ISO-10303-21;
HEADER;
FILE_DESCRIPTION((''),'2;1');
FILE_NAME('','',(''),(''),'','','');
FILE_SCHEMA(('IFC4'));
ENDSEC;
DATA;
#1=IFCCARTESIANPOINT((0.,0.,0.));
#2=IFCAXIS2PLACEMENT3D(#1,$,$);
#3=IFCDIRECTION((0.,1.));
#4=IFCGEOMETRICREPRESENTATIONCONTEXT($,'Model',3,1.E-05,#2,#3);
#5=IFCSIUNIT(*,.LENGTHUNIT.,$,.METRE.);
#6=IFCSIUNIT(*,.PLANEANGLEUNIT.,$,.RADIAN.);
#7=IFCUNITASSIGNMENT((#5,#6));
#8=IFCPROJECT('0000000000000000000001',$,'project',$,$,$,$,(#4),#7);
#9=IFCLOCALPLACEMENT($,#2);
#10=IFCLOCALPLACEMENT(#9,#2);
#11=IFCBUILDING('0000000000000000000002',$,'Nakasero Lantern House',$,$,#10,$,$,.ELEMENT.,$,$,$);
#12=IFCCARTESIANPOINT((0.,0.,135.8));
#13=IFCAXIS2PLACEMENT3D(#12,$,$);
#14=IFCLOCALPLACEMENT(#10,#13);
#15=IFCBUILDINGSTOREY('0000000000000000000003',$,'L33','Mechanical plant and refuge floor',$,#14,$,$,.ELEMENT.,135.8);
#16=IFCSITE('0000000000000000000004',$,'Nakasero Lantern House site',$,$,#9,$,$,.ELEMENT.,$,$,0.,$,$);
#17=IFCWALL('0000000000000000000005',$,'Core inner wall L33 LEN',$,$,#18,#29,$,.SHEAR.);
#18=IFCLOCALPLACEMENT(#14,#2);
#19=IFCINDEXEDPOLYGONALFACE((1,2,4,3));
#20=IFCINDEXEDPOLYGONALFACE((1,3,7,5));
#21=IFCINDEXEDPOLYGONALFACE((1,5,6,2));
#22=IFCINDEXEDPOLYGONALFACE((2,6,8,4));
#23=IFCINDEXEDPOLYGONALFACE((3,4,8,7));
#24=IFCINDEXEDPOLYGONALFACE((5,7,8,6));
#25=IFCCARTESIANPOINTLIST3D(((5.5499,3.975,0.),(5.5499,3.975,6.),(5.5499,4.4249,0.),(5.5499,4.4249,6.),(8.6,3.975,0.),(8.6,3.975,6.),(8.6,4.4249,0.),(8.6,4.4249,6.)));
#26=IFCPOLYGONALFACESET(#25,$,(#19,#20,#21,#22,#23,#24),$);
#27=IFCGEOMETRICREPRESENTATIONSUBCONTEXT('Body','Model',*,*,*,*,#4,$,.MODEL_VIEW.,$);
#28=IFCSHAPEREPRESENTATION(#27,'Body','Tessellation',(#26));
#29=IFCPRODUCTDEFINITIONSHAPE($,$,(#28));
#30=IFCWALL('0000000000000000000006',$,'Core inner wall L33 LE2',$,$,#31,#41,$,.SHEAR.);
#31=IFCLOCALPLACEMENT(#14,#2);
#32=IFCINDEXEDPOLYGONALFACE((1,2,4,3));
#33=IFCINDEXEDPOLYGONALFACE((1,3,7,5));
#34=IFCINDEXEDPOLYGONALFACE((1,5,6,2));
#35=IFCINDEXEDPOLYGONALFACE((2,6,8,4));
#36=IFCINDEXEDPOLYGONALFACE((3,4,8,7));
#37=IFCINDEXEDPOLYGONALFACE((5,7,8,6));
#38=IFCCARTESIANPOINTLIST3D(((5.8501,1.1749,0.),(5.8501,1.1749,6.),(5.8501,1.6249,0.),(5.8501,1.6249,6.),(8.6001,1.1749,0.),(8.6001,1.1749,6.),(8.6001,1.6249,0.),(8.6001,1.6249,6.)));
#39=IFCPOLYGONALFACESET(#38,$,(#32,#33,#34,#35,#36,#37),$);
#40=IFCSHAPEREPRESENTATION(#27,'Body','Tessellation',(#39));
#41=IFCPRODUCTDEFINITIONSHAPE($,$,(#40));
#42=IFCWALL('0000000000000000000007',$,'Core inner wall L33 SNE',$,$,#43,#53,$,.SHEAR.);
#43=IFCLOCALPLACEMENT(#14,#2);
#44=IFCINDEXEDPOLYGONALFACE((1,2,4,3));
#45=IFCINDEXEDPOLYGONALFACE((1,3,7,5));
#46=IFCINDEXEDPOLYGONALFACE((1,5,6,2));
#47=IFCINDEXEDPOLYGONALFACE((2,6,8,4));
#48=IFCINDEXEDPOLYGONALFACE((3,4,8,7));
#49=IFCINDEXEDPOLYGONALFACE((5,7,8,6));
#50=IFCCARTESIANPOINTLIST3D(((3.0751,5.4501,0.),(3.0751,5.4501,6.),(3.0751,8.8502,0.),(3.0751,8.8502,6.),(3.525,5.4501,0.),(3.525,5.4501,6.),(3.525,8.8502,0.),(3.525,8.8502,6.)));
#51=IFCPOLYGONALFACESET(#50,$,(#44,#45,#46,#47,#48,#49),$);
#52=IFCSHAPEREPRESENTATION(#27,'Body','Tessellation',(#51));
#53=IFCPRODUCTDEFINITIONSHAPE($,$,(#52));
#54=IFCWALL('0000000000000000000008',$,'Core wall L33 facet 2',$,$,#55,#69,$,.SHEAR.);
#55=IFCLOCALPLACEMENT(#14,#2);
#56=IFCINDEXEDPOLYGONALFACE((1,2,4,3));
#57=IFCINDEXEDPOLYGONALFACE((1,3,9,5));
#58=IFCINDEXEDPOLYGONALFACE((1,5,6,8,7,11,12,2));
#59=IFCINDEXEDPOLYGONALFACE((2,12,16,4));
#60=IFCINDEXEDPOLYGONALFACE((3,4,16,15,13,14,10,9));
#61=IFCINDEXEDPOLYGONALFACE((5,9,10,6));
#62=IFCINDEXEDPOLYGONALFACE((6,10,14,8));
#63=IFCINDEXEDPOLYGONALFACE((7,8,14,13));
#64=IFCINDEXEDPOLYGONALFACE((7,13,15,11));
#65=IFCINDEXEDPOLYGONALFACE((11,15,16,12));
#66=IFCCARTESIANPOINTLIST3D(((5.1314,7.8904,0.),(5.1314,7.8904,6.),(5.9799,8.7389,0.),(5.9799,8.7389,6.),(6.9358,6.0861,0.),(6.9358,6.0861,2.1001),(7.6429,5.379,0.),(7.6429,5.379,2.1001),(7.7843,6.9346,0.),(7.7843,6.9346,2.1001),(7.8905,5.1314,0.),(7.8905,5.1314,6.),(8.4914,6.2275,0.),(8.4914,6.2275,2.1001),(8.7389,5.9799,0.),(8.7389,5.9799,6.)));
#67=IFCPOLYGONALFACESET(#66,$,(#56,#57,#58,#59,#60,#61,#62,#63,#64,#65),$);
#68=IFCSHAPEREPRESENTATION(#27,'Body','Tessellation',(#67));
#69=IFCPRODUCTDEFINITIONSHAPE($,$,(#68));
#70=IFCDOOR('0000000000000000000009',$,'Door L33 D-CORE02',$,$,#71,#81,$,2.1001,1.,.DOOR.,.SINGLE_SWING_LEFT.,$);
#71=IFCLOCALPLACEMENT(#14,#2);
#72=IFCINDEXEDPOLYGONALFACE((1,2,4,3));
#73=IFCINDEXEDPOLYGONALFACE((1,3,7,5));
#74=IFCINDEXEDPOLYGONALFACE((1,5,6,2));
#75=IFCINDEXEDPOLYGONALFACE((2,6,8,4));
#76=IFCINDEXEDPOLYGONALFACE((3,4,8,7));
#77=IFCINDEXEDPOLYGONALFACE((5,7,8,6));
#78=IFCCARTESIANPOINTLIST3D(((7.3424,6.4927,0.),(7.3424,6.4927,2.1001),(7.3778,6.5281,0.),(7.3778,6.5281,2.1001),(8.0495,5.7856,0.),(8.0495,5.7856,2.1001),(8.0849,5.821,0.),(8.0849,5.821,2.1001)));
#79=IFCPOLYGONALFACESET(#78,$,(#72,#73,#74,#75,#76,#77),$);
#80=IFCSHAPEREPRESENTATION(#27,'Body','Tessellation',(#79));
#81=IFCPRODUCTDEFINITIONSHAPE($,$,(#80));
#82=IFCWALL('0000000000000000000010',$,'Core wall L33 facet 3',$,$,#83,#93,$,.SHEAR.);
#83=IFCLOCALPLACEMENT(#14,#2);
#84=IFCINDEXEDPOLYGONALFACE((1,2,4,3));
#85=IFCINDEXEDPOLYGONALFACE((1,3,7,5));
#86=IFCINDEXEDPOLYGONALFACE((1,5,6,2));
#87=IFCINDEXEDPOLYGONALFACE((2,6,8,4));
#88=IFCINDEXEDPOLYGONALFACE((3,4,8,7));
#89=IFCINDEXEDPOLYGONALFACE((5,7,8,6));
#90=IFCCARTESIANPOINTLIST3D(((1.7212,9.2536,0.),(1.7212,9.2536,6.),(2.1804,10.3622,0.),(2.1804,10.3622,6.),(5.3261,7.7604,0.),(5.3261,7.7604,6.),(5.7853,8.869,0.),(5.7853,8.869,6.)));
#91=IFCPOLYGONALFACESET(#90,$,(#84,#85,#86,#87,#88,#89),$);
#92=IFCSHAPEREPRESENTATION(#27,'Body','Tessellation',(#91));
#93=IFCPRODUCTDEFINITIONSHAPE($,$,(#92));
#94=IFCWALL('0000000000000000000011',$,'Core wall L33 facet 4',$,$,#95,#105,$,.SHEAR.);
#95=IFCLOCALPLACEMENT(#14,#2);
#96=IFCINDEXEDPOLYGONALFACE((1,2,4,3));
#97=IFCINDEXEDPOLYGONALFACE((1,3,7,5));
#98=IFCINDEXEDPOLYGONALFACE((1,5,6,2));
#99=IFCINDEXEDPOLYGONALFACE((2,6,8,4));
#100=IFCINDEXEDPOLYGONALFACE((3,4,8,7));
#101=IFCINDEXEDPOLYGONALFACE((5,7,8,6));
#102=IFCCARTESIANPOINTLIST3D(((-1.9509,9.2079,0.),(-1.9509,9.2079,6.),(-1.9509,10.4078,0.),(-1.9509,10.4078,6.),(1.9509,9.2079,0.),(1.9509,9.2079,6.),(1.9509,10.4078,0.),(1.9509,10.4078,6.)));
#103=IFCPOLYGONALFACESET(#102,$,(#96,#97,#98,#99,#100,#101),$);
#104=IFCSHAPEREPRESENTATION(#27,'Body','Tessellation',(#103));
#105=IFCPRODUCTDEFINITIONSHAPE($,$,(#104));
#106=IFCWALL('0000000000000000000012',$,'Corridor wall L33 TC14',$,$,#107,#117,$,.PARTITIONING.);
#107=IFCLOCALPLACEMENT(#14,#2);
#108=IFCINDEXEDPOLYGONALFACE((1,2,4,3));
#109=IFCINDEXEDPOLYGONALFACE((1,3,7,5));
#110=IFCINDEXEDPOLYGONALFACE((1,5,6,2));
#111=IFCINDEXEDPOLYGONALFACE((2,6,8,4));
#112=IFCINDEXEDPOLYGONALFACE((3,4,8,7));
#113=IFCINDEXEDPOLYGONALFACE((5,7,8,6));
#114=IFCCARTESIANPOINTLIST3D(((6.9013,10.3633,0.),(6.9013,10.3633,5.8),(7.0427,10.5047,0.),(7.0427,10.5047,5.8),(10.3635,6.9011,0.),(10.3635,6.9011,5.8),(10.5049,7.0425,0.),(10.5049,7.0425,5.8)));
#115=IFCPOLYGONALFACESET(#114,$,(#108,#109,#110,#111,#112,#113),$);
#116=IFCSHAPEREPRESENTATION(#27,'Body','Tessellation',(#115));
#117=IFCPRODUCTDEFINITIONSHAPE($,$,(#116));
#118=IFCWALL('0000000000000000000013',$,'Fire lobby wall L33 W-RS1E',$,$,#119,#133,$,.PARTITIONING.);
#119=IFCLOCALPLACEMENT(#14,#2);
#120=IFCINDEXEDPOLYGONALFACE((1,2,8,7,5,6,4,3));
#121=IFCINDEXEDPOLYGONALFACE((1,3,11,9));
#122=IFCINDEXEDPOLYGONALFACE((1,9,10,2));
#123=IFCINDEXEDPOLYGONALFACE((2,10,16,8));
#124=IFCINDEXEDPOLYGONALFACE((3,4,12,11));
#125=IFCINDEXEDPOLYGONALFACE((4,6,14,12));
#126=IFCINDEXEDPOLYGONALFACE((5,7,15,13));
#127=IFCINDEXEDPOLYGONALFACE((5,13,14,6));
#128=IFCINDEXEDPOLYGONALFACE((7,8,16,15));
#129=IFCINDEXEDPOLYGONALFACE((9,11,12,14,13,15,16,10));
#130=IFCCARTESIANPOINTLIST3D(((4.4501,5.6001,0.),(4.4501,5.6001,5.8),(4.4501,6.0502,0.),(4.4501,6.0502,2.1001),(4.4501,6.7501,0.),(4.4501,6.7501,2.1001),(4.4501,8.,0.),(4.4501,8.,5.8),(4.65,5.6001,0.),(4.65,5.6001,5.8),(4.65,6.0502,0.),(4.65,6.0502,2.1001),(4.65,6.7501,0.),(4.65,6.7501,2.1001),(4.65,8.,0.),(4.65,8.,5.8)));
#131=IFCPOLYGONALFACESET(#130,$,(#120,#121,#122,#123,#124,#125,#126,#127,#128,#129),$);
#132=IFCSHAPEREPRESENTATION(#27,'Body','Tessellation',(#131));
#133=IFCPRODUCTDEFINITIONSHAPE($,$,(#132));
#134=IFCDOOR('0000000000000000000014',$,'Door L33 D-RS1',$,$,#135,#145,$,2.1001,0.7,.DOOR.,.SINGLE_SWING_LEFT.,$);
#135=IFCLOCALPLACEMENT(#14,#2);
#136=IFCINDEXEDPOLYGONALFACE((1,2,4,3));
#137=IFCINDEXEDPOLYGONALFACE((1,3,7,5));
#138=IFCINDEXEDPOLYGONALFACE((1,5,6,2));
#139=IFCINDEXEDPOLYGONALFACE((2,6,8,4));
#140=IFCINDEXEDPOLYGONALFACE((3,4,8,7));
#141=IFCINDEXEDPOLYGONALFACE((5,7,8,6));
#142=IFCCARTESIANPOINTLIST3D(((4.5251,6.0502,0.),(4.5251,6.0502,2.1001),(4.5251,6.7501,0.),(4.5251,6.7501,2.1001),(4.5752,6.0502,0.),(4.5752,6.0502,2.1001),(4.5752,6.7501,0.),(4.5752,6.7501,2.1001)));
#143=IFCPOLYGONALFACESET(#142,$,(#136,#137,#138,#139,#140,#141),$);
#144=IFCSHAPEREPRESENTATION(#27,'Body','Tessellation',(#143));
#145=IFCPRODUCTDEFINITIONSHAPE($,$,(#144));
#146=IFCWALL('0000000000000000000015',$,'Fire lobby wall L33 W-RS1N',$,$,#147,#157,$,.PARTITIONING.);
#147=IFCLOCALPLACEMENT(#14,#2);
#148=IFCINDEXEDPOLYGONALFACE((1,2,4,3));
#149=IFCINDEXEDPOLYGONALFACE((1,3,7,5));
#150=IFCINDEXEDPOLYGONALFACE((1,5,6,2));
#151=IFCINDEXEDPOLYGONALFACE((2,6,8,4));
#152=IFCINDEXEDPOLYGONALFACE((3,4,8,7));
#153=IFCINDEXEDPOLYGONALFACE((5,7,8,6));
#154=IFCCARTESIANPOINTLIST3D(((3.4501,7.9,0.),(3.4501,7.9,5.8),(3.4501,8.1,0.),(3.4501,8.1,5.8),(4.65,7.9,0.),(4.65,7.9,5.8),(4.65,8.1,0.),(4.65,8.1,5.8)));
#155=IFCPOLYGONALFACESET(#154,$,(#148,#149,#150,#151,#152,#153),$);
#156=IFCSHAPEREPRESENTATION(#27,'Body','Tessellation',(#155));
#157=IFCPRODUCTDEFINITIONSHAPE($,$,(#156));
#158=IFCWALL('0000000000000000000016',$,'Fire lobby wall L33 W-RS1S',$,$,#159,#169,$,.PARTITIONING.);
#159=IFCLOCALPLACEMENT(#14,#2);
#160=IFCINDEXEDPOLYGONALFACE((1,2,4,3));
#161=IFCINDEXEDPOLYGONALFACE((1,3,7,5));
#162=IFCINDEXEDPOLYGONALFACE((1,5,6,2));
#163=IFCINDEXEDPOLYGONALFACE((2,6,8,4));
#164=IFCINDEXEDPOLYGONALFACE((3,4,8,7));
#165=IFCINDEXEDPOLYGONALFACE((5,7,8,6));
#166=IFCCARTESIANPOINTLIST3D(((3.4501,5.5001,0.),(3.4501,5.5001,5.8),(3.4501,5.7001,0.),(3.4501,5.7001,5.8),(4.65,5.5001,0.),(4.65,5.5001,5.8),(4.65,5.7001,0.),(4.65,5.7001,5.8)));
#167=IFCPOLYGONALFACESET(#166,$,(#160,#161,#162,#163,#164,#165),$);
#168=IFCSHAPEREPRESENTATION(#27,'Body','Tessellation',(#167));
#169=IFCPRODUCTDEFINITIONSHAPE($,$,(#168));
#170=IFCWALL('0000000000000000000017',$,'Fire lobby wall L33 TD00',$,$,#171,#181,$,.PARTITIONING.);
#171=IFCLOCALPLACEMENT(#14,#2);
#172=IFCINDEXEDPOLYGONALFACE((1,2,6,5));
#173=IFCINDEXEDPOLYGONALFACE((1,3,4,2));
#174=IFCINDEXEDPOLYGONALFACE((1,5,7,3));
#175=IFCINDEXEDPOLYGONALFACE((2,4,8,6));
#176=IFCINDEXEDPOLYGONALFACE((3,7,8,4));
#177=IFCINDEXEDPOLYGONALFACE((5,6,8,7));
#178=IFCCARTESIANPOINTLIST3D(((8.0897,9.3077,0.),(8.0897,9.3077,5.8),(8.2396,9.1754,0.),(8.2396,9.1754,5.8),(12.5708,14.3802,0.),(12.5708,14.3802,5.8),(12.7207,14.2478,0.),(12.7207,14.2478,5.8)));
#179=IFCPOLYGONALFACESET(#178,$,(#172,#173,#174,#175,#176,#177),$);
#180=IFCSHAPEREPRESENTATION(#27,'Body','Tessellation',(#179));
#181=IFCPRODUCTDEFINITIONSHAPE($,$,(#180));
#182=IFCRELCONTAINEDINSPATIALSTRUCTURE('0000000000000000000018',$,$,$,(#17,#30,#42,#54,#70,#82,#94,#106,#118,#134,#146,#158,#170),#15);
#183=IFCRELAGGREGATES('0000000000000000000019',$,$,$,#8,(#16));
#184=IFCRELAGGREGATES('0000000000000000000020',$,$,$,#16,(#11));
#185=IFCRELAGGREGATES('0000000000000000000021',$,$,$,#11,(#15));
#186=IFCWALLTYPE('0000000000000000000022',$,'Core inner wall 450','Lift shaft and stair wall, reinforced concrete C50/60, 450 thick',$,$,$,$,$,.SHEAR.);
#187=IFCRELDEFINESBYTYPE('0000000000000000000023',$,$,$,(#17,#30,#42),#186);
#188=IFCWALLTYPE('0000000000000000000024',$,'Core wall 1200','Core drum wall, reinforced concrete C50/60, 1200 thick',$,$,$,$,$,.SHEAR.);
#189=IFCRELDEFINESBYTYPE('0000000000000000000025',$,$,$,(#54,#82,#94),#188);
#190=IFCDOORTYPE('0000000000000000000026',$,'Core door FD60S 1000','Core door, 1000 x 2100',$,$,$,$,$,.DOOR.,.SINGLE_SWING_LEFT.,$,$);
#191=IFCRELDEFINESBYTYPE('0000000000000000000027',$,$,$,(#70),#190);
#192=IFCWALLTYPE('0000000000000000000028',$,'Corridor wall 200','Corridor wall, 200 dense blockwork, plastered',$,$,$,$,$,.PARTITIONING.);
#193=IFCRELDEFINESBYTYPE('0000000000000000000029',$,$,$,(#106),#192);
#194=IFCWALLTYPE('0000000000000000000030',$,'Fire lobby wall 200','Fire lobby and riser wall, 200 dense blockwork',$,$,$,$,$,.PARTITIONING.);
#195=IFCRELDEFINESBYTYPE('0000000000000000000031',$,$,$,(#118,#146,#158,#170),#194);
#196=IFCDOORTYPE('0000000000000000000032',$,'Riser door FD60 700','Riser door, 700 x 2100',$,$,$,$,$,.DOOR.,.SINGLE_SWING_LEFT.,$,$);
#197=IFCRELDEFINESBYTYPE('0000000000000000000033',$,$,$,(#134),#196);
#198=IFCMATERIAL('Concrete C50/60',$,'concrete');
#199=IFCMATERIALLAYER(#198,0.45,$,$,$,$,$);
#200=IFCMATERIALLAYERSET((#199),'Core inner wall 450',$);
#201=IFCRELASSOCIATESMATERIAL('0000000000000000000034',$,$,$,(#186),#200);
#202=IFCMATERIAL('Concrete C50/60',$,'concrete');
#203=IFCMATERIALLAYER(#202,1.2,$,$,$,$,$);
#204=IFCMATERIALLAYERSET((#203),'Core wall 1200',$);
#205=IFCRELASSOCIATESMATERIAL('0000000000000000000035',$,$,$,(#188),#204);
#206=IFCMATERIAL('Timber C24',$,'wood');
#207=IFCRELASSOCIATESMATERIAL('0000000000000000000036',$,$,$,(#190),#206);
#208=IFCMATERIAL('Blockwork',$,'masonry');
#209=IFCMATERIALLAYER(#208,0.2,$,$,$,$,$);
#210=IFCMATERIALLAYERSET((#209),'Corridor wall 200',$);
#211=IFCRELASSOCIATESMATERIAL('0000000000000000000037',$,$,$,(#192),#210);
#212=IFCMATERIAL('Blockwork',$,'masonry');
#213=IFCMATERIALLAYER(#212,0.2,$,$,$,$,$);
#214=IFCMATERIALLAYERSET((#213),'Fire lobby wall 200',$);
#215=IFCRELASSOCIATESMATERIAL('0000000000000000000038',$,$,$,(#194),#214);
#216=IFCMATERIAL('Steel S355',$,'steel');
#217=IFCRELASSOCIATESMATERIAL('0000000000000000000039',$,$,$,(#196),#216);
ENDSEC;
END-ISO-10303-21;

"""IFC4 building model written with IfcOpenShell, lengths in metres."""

from ifc_helpers import new_model, si_unit, direction, frame, frame_2d, origin, place, context, subcontext, project, spatial, rectangle, extrude, material, layer, layer_set, type_object, element, fill, save


model = new_model("IFC4")

# Units and contexts
model_context = context("Model", 3, precision=1e-05, world=origin(), true_north=direction((0.0, 1.0)))
body_context = subcontext(model_context, "Body", "Model", "MODEL_VIEW")
ifc_project = project(units=[si_unit("LENGTHUNIT", "METRE"), si_unit("PLANEANGLEUNIT", "RADIAN")], contexts=[model_context])

# Site, building, storey
site_placement = place(None, origin())
site = spatial("IfcSite", under=ifc_project, at=site_placement, Name="Nakasero Lantern House site", CompositionType="ELEMENT", RefElevation=0.0)
building_placement = place(site_placement, origin())
building = spatial("IfcBuilding", under=site, at=building_placement, Name="Nakasero Lantern House", CompositionType="ELEMENT")
storey_placement = place(building_placement, frame((0.0, 0.0, 135.8)))
storey = spatial("IfcBuildingStorey", under=building, at=storey_placement, Name="L33", Description="Mechanical plant and refuge floor", CompositionType="ELEMENT", Elevation=135.8)

# Walls
ifc_material_1 = material(Name="Concrete C50/60", Category="concrete")
ifc_layer_1 = layer(ifc_material_1, 0.45)
ifc_layer_set_1 = layer_set([ifc_layer_1], Name="Core inner wall 450")
wall_type_1 = type_object("IfcWallType", Name="Core inner wall 450", Description="Lift shaft and stair wall, reinforced concrete C50/60, 450 thick", PredefinedType="SHEAR", material=ifc_layer_set_1)
wall_1_placement = place(storey_placement, frame((5.55, 4.2, 0.0), z_axis=(0.0, 0.0, 1.0), x_axis=(1.0, 0.0, 0.0)))
element("IfcWall", 1, at=wall_1_placement, inside=storey, type_object=wall_type_1, Name="Core inner wall L33 LEN", PredefinedType="SHEAR", context=body_context, shape_type="SweptSolid", body=[
    extrude(rectangle(XDim=3.05, YDim=0.45, at=frame_2d((1.5249, 0.0))), origin(), (0.0, 0.0, 1.0), 6.0),
])
wall_2_placement = place(storey_placement, frame((5.8501, 1.3999, 0.0), z_axis=(0.0, 0.0, 1.0), x_axis=(1.0, 0.0, 0.0)))
element("IfcWall", 2, at=wall_2_placement, inside=storey, type_object=wall_type_1, Name="Core inner wall L33 LE2", PredefinedType="SHEAR", context=body_context, shape_type="SweptSolid", body=[
    extrude(rectangle(XDim=2.75, YDim=0.45, at=frame_2d((1.375, 0.0))), origin(), (0.0, 0.0, 1.0), 6.0),
])
wall_3_placement = place(storey_placement, frame((3.3, 5.45, 0.0), z_axis=(0.0, 0.0, 1.0), x_axis=(0.0, 1.0, 0.0)))
element("IfcWall", 3, at=wall_3_placement, inside=storey, type_object=wall_type_1, Name="Core inner wall L33 SNE", PredefinedType="SHEAR", context=body_context, shape_type="SweptSolid", body=[
    extrude(rectangle(XDim=3.4001, YDim=0.45, at=frame_2d((1.7002, 0.0))), origin(), (0.0, 0.0, 1.0), 6.0),
])

# Wall, opening, door
ifc_material_2 = material(Name="Concrete C50/60", Category="concrete")
ifc_layer_2 = layer(ifc_material_2, 1.2)
ifc_layer_set_2 = layer_set([ifc_layer_2], Name="Core wall 1200")
wall_type_2 = type_object("IfcWallType", Name="Core wall 1200", Description="Core drum wall, reinforced concrete C50/60, 1200 thick", PredefinedType="SHEAR", material=ifc_layer_set_2)
wall_4_placement = place(storey_placement, frame((8.3147, 5.5557, 0.0), z_axis=(0.0, 0.0, 1.0), x_axis=(-0.707107, 0.707107, 0.0)))
wall_4 = element("IfcWall", 4, at=wall_4_placement, inside=storey, type_object=wall_type_2, Name="Core wall L33 facet 2", PredefinedType="SHEAR", context=body_context, shape_type="SweptSolid", body=[
    extrude(rectangle(XDim=3.9019, YDim=1.2, at=frame_2d((1.9509, 0.0))), origin(), (0.0, 0.0, 1.0), 6.0),
])
opening_1_placement = place(wall_4_placement, frame((0.3501, 0.0, 0.0)))
opening_1 = element("IfcOpeningElement", 5, at=opening_1_placement, cuts=wall_4, PredefinedType="OPENING", context=body_context, shape_type="SweptSolid", body=[
    extrude(rectangle(XDim=1.0, YDim=2.1001, at=frame_2d((0.5, 1.05))), frame((0.0, 0.6199, 0.0), z_axis=(0.0, -1.0, 0.0), x_axis=(1.0, 0.0, 0.0)), (0.0, 0.0, 1.0), 1.24),
])
ifc_material_3 = material(Name="Timber C24", Category="wood")
door_type_1 = type_object("IfcDoorType", Name="Core door FD60S 1000", Description="Core door, 1000 x 2100", OperationType="SINGLE_SWING_LEFT", PredefinedType="DOOR", material=ifc_material_3)
door_1_placement = place(opening_1_placement, origin())
door_1 = element("IfcDoor", 6, at=door_1_placement, inside=storey, type_object=door_type_1, Name="Door L33 D-CORE02", OperationType="SINGLE_SWING_LEFT", OverallHeight=2.1001, OverallWidth=1.0, PredefinedType="DOOR", context=body_context, shape_type="SweptSolid", body=[
    extrude(rectangle(XDim=1.0, YDim=2.1001, at=frame_2d((0.5, 1.05))), frame((0.0, 0.0249, 0.0), z_axis=(0.0, -1.0, 0.0), x_axis=(1.0, 0.0, 0.0)), (0.0, 0.0, 1.0), 0.05),
])
fill(opening_1, door_1)

# Walls
for number, where, z_axis, x_axis, name in (
    (7, (5.5557, 8.3147, 0.0), (0.0, 0.0, 1.0), (-0.923877, 0.382691, 0.0), "Core wall L33 facet 3"),
    (8, (1.9509, 9.8079, 0.0), (0.0, 0.0, 1.0), (-1.0, 0.0, 0.0), "Core wall L33 facet 4"),
):
    element("IfcWall", number, at=place(storey_placement, frame(where, z_axis=z_axis, x_axis=x_axis)), inside=storey, type_object=wall_type_2, Name=name, PredefinedType="SHEAR", context=body_context, shape_type="SweptSolid", body=[
        extrude(rectangle(XDim=3.9019, YDim=1.2, at=frame_2d((1.9509, 0.0))), origin(), (0.0, 0.0, 1.0), 6.0),
    ])
ifc_material_4 = material(Name="Blockwork", Category="masonry")
ifc_layer_3 = layer(ifc_material_4, 0.2)
ifc_layer_set_3 = layer_set([ifc_layer_3], Name="Corridor wall 200")
wall_type_3 = type_object("IfcWallType", Name="Corridor wall 200", Description="Corridor wall, 200 dense blockwork, plastered", PredefinedType="PARTITIONING", material=ifc_layer_set_3)
wall_5_placement = place(storey_placement, frame((6.9719, 10.4341, 0.0), z_axis=(0.0, 0.0, 1.0), x_axis=(0.707107, -0.707107, 0.0)))
element("IfcWall", 9, at=wall_5_placement, inside=storey, type_object=wall_type_3, Name="Corridor wall L33 TC14", PredefinedType="PARTITIONING", context=body_context, shape_type="SweptSolid", body=[
    extrude(rectangle(XDim=4.8962, YDim=0.2, at=frame_2d((2.4482, 0.0))), origin(), (0.0, 0.0, 1.0), 5.8),
])

# Wall, opening, door
ifc_material_5 = material(Name="Blockwork", Category="masonry")
ifc_layer_4 = layer(ifc_material_5, 0.2)
ifc_layer_set_4 = layer_set([ifc_layer_4], Name="Fire lobby wall 200")
wall_type_4 = type_object("IfcWallType", Name="Fire lobby wall 200", Description="Fire lobby and riser wall, 200 dense blockwork", PredefinedType="PARTITIONING", material=ifc_layer_set_4)
wall_6_placement = place(storey_placement, frame((4.55, 5.6001, 0.0), z_axis=(0.0, 0.0, 1.0), x_axis=(0.0, 1.0, 0.0)))
wall_6 = element("IfcWall", 10, at=wall_6_placement, inside=storey, type_object=wall_type_4, Name="Fire lobby wall L33 W-RS1E", PredefinedType="PARTITIONING", context=body_context, shape_type="SweptSolid", body=[
    extrude(rectangle(XDim=2.3999, YDim=0.2, at=frame_2d((1.2, 0.0))), origin(), (0.0, 0.0, 1.0), 5.8),
])
opening_2_placement = place(wall_6_placement, frame((0.45, 0.0, 0.0)))
opening_2 = element("IfcOpeningElement", 11, at=opening_2_placement, cuts=wall_6, PredefinedType="OPENING", context=body_context, shape_type="SweptSolid", body=[
    extrude(rectangle(XDim=0.7, YDim=2.1001, at=frame_2d((0.3501, 1.05))), frame((0.0, 0.1199, 0.0), z_axis=(0.0, -1.0, 0.0), x_axis=(1.0, 0.0, 0.0)), (0.0, 0.0, 1.0), 0.24),
])
ifc_material_6 = material(Name="Steel S355", Category="steel")
door_type_2 = type_object("IfcDoorType", Name="Riser door FD60 700", Description="Riser door, 700 x 2100", OperationType="SINGLE_SWING_LEFT", PredefinedType="DOOR", material=ifc_material_6)
door_2_placement = place(opening_2_placement, origin())
door_2 = element("IfcDoor", 12, at=door_2_placement, inside=storey, type_object=door_type_2, Name="Door L33 D-RS1", OperationType="SINGLE_SWING_LEFT", OverallHeight=2.1001, OverallWidth=0.7, PredefinedType="DOOR", context=body_context, shape_type="SweptSolid", body=[
    extrude(rectangle(XDim=0.7, YDim=2.1001, at=frame_2d((0.3501, 1.05))), frame((0.0, 0.0249, 0.0), z_axis=(0.0, -1.0, 0.0), x_axis=(1.0, 0.0, 0.0)), (0.0, 0.0, 1.0), 0.05),
])
fill(opening_2, door_2)

# Walls
for number, where, z_axis, x_axis, name in (
    (13, (3.45, 8.0, 0.0), (0.0, 0.0, 1.0), (1.0, 0.0, 0.0), "Fire lobby wall L33 W-RS1N"),
    (14, (3.45, 5.6001, 0.0), (0.0, 0.0, 1.0), (1.0, 0.0, 0.0), "Fire lobby wall L33 W-RS1S"),
):
    element("IfcWall", number, at=place(storey_placement, frame(where, z_axis=z_axis, x_axis=x_axis)), inside=storey, type_object=wall_type_4, Name=name, PredefinedType="PARTITIONING", context=body_context, shape_type="SweptSolid", body=[
        extrude(rectangle(XDim=1.2, YDim=0.2, at=frame_2d((0.6001, 0.0))), origin(), (0.0, 0.0, 1.0), 5.8),
    ])
wall_7_placement = place(storey_placement, frame((8.1646, 9.2415, 0.0), z_axis=(0.0, 0.0, 1.0), x_axis=(0.662075, 0.749438, 0.0)))
element("IfcWall", 15, at=wall_7_placement, inside=storey, type_object=wall_type_4, Name="Fire lobby wall L33 TD00", PredefinedType="PARTITIONING", context=body_context, shape_type="SweptSolid", body=[
    extrude(rectangle(XDim=6.7683, YDim=0.2, at=frame_2d((3.3843, 0.0))), origin(), (0.0, 0.0, 1.0), 5.8),
])

save(model, "model.ifc")
